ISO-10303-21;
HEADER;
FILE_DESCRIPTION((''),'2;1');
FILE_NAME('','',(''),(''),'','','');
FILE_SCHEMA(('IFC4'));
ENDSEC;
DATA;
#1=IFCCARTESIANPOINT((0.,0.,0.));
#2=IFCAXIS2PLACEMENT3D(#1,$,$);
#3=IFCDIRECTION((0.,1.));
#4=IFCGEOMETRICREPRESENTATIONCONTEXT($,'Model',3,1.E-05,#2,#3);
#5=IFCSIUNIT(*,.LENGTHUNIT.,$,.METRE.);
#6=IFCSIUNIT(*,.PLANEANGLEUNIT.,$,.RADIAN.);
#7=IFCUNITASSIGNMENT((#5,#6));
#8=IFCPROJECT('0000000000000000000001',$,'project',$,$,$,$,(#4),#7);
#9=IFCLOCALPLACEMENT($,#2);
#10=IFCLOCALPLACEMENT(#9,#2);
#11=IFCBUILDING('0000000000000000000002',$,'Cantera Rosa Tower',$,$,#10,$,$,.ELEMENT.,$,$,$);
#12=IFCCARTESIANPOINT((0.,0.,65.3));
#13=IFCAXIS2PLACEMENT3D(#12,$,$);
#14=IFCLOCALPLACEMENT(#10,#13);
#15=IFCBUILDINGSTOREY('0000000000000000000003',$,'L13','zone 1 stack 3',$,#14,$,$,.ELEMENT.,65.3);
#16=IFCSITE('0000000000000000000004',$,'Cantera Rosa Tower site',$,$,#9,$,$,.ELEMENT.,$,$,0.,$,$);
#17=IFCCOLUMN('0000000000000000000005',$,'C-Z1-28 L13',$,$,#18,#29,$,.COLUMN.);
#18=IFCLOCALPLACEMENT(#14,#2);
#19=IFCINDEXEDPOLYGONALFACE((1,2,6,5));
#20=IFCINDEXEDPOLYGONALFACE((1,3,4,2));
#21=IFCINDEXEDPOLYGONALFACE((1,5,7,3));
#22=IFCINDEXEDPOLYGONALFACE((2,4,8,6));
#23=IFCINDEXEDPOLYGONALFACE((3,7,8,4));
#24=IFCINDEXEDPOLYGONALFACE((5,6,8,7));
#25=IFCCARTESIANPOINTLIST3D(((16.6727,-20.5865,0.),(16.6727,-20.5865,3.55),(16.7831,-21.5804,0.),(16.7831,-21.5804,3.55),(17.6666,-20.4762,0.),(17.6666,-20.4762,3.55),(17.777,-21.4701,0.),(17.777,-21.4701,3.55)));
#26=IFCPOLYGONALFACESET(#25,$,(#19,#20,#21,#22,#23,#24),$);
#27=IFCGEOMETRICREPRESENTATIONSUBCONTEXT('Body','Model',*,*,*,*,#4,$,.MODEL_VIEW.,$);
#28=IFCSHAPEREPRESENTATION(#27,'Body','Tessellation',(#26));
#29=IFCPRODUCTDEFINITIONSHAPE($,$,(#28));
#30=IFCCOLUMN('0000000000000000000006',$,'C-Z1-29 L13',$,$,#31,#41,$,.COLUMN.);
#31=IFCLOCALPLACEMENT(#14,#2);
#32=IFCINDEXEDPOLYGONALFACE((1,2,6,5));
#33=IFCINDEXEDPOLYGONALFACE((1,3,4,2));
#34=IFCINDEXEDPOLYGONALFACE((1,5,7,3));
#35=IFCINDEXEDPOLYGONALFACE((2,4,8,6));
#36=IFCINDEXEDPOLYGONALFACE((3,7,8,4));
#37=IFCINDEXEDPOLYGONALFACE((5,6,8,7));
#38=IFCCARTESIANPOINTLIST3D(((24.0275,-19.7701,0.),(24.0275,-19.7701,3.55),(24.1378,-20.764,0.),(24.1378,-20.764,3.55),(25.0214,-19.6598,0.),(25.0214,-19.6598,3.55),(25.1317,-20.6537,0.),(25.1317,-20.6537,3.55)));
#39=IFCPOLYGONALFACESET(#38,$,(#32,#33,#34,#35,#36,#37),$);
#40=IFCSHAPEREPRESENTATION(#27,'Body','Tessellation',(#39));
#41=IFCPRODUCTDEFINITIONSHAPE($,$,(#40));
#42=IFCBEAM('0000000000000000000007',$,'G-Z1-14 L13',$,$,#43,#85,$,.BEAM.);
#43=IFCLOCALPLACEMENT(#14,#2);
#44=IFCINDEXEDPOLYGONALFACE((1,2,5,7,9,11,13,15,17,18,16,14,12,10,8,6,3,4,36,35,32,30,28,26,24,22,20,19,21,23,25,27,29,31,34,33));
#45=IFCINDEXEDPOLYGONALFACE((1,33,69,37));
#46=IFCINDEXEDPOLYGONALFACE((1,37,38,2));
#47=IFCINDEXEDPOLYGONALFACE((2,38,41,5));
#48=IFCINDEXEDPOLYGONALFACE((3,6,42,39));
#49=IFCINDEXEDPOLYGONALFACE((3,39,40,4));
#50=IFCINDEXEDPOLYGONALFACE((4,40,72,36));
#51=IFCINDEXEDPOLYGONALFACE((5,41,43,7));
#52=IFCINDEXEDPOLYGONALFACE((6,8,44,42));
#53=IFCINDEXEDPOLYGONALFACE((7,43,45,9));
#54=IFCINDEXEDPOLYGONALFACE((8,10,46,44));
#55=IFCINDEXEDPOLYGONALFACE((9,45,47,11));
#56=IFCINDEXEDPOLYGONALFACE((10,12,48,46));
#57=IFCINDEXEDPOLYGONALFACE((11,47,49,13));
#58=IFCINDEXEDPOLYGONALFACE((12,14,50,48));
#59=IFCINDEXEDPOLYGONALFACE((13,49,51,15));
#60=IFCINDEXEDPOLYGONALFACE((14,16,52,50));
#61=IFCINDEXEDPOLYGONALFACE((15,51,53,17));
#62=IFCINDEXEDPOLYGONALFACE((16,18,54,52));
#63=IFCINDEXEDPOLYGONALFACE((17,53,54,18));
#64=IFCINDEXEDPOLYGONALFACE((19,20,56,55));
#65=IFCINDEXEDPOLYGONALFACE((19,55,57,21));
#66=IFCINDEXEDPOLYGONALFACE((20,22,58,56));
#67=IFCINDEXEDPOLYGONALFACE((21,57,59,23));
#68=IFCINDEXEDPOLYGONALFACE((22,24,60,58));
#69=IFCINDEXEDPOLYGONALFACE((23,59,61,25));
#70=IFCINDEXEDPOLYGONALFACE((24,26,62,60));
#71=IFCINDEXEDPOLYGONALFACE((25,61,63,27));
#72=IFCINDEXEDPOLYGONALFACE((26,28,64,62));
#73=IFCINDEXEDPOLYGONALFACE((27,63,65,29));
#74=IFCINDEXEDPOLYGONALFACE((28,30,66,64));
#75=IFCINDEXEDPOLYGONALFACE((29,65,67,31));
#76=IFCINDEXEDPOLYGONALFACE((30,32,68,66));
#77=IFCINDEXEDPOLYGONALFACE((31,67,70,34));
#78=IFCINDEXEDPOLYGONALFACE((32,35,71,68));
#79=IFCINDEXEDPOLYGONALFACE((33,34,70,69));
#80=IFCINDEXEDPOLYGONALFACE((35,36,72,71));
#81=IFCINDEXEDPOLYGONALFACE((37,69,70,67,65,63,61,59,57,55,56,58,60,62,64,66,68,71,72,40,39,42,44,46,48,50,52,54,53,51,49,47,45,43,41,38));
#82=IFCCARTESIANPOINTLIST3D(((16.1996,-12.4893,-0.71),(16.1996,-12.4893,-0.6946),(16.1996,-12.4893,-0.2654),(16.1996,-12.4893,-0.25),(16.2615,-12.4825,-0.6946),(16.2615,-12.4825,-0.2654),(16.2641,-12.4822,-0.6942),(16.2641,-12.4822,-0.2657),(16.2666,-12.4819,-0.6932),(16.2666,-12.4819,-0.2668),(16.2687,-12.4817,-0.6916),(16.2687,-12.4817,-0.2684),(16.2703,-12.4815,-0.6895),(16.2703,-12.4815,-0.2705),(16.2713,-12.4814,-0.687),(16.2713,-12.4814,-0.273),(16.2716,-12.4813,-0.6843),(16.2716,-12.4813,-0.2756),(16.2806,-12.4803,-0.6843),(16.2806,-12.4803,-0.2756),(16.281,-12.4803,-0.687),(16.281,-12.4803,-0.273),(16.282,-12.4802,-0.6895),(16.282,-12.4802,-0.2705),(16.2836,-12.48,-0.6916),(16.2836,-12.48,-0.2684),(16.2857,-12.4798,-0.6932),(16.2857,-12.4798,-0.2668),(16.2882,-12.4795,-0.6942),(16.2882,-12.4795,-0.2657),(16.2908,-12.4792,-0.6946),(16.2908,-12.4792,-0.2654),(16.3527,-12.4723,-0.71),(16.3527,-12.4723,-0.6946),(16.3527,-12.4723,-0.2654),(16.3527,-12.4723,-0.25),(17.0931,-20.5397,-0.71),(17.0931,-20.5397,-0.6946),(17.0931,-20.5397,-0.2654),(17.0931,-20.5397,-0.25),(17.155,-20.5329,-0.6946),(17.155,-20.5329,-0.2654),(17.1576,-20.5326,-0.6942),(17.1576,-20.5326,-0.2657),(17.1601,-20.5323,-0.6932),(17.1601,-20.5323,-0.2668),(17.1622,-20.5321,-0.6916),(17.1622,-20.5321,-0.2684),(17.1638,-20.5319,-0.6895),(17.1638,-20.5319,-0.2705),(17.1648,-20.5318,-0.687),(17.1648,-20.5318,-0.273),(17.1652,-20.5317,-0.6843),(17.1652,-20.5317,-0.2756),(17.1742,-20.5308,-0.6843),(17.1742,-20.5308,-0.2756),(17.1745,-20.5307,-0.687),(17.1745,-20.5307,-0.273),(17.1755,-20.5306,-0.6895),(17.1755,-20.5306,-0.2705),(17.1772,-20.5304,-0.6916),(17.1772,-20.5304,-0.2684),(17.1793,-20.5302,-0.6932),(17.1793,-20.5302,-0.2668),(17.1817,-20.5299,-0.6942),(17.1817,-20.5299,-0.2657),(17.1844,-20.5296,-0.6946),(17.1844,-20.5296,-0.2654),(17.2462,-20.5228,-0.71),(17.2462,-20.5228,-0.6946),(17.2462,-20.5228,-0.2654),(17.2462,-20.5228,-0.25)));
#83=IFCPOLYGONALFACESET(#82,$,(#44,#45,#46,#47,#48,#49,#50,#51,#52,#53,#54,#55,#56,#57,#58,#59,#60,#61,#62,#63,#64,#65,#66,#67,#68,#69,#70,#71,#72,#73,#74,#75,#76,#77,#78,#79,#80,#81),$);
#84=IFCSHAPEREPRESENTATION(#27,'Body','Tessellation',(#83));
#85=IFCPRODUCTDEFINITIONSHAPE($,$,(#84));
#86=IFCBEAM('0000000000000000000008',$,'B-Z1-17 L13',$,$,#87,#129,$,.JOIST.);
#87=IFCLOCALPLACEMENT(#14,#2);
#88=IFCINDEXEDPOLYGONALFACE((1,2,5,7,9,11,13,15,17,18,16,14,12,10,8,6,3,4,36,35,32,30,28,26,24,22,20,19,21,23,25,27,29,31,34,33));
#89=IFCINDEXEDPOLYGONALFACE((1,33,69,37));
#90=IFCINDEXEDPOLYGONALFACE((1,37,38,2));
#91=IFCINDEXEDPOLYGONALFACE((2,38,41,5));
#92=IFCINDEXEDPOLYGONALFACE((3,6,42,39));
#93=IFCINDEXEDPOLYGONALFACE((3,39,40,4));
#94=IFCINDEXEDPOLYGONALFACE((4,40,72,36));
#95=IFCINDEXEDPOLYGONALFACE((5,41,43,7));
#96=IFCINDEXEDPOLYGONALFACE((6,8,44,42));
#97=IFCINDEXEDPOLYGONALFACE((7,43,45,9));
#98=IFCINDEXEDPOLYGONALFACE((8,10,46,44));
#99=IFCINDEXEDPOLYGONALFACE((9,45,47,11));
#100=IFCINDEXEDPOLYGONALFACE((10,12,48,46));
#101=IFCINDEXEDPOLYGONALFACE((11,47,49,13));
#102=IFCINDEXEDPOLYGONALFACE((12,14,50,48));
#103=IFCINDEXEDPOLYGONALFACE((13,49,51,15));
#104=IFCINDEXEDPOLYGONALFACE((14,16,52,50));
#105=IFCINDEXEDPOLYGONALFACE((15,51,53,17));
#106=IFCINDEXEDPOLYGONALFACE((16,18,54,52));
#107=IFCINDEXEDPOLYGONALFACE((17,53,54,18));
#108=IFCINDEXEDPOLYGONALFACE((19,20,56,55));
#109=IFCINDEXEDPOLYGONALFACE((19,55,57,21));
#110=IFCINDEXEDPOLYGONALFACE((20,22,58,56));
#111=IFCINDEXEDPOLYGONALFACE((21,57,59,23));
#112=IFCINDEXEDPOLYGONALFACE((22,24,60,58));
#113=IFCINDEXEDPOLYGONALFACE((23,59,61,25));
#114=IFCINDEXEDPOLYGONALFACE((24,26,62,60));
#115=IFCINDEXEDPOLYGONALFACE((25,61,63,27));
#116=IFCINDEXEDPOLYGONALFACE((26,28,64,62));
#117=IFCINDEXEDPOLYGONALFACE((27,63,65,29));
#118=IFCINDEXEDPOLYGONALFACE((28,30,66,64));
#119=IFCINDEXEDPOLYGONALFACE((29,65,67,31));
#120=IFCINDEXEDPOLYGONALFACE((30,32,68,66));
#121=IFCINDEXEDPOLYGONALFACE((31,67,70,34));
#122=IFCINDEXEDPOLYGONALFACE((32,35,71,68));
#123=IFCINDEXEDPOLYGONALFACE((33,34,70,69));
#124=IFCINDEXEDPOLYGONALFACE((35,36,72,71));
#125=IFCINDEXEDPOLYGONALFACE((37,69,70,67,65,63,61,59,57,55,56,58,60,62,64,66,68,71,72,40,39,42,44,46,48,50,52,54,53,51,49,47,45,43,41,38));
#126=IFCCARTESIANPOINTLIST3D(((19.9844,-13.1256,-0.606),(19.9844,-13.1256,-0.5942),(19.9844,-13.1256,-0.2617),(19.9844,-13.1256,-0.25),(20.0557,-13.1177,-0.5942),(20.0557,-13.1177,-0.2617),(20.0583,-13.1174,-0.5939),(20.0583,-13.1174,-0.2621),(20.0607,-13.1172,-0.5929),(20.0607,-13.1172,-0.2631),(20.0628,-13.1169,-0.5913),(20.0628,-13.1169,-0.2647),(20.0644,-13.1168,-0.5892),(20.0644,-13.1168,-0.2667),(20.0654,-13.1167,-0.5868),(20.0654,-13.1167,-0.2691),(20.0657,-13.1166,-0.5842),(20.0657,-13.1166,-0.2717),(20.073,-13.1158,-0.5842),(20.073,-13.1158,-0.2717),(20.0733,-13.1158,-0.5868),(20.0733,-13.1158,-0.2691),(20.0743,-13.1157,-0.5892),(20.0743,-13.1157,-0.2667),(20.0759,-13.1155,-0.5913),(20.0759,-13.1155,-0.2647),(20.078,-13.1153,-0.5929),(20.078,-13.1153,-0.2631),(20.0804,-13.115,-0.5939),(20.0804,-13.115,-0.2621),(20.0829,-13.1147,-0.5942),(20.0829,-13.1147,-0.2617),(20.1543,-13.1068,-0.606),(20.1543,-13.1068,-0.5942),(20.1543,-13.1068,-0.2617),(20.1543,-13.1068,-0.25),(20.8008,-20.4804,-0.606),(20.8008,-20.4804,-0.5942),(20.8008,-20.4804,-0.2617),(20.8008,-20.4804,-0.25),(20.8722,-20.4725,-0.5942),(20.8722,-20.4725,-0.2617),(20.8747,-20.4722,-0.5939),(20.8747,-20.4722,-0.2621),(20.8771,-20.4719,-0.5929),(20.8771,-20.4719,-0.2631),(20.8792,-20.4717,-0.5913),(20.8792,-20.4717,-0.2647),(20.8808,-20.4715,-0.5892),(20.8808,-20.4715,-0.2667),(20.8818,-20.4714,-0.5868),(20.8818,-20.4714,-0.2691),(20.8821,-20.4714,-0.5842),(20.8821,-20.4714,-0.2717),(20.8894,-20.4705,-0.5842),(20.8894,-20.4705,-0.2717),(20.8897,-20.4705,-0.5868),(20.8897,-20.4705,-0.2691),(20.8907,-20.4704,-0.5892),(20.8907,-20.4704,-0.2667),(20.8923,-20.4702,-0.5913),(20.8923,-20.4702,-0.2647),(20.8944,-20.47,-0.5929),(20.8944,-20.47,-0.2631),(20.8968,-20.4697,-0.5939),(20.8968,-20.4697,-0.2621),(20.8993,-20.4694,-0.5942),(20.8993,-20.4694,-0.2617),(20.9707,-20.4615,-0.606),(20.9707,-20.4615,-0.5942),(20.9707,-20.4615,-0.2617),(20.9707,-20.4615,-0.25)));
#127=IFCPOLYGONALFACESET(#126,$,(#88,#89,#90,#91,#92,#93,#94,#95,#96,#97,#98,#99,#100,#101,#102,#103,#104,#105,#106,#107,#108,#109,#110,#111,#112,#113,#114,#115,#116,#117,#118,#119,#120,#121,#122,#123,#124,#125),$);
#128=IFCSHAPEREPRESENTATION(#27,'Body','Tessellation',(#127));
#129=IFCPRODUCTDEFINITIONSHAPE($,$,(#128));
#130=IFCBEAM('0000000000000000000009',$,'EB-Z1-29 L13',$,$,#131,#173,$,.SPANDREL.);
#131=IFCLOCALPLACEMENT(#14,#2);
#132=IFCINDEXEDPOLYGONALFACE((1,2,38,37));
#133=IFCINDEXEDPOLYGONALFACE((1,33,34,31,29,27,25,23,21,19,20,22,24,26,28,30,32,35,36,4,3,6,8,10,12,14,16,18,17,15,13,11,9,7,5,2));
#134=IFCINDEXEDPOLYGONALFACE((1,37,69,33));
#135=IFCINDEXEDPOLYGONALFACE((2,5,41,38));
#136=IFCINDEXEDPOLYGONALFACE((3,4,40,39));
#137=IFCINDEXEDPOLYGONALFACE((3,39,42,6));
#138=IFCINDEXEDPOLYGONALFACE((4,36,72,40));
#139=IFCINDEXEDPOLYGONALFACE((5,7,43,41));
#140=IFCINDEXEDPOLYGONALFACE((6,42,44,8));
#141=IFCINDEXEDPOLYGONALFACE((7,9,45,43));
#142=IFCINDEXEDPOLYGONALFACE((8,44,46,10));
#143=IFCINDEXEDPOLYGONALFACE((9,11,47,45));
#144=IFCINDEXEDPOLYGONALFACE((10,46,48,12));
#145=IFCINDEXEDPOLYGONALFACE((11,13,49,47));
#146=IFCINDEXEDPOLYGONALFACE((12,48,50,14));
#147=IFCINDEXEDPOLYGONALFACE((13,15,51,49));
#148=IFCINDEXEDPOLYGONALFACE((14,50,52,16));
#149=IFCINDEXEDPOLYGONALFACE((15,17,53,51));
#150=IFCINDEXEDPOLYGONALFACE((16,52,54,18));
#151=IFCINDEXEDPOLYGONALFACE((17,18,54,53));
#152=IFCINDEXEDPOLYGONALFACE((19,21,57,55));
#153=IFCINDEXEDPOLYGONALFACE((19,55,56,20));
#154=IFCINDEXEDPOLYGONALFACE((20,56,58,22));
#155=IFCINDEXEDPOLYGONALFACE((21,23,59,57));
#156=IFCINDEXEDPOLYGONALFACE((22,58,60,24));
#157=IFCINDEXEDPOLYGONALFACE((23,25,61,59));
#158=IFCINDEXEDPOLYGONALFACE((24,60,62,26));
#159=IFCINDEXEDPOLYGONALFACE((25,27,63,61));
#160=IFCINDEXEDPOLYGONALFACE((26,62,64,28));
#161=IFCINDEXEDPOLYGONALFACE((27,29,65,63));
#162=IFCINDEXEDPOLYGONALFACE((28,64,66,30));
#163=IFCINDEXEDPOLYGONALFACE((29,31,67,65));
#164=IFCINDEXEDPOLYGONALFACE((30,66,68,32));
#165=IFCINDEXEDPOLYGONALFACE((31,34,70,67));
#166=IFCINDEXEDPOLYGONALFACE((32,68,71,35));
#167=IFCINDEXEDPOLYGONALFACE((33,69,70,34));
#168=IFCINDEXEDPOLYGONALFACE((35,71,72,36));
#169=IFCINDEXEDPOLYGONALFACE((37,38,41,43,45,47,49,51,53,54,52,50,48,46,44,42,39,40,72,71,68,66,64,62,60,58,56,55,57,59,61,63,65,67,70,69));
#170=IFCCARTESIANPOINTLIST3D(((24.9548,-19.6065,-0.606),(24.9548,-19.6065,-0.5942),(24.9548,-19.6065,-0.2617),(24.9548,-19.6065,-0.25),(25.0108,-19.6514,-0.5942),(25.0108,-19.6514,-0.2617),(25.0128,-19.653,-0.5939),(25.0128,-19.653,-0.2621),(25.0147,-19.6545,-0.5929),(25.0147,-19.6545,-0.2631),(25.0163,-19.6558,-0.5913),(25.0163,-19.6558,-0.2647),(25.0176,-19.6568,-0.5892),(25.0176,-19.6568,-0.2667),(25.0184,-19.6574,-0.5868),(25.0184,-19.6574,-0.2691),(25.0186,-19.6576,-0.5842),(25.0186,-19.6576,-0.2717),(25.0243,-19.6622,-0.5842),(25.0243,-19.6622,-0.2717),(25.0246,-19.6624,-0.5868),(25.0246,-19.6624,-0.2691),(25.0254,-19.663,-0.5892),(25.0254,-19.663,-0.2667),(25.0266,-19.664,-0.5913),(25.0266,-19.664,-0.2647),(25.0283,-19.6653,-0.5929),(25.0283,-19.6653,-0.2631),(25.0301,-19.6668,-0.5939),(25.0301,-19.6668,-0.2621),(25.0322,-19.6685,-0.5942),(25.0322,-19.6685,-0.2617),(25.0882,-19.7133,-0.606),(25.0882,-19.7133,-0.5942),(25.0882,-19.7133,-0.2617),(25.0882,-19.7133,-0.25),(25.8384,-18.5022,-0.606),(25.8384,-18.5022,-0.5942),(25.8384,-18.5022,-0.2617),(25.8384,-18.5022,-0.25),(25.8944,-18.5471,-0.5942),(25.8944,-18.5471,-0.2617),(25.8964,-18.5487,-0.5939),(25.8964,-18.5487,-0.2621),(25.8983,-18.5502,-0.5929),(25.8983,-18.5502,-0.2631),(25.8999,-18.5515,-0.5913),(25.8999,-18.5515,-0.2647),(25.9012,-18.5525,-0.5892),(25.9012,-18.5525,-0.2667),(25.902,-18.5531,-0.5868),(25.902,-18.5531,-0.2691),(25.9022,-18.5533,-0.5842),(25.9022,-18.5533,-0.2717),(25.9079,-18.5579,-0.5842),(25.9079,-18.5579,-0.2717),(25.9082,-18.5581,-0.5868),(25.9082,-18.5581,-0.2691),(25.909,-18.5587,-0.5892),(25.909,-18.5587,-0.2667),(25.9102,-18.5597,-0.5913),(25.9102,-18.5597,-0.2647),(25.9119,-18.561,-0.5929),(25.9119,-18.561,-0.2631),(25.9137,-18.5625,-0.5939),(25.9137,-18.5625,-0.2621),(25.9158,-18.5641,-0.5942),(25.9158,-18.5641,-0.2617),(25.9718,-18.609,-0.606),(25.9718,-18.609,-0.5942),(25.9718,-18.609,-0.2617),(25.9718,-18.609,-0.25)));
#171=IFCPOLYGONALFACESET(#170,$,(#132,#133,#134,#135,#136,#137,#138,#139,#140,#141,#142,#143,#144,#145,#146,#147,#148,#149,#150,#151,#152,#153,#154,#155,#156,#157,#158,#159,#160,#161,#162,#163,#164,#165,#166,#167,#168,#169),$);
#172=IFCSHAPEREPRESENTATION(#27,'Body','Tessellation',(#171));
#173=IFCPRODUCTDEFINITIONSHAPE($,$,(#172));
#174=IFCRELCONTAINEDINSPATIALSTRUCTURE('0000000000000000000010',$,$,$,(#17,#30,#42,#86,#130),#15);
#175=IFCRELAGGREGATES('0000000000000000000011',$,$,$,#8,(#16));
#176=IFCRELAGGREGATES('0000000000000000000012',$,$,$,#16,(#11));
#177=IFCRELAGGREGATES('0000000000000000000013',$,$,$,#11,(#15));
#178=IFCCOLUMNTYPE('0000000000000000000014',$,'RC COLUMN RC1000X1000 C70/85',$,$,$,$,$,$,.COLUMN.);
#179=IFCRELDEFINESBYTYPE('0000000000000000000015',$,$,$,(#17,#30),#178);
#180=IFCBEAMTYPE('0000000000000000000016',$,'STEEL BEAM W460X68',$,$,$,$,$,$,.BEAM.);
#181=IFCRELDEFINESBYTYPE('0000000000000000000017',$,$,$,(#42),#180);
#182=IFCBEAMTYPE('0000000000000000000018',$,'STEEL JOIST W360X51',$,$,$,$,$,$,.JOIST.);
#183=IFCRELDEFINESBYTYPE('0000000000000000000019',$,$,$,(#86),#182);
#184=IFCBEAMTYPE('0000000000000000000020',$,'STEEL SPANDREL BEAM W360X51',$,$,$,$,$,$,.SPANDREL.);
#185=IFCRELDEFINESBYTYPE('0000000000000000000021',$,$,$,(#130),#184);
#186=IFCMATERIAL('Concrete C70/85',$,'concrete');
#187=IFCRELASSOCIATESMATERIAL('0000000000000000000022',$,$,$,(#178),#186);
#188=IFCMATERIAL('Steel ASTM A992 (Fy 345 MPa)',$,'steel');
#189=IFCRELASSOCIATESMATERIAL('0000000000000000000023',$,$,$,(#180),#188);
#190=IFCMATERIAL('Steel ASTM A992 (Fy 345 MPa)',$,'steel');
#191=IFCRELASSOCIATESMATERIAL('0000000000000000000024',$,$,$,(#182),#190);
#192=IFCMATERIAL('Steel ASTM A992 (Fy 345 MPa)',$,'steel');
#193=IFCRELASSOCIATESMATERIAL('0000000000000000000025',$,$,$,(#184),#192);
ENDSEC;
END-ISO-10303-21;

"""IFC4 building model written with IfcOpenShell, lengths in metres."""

from ifc_helpers import new_model, si_unit, direction, frame, origin, origin_2d, place, context, subcontext, project, spatial, rectangle, i_section, extrude, material, material_profile, profile_set, type_object, element, save


model = new_model("IFC4")

# Units and contexts
model_context = context("Model", 3, precision=1e-05, world=origin(), true_north=direction((0.0, 1.0)))
body_context = subcontext(model_context, "Body", "Model", "MODEL_VIEW")
ifc_project = project(units=[si_unit("LENGTHUNIT", "METRE"), si_unit("PLANEANGLEUNIT", "RADIAN")], contexts=[model_context])

# Site, building, storey
site_placement = place(None, origin())
site = spatial("IfcSite", under=ifc_project, at=site_placement, Name="Cantera Rosa Tower site", CompositionType="ELEMENT", RefElevation=0.0)
building_placement = place(site_placement, origin())
building = spatial("IfcBuilding", under=site, at=building_placement, Name="Cantera Rosa Tower", CompositionType="ELEMENT")
storey_placement = place(building_placement, frame((0.0, 0.0, 65.3)))
storey = spatial("IfcBuildingStorey", under=building, at=storey_placement, Name="L13", Description="zone 1 stack 3", CompositionType="ELEMENT", Elevation=65.3)

# Columns
ifc_material_1 = material(Name="Concrete C70/85", Category="concrete")
ifc_material_profile_1 = material_profile(ifc_material_1, rectangle(XDim=1.0, YDim=1.0, at=origin_2d()), Name="RC COLUMN RC1000X1000 C70/85")
ifc_profile_set_1 = profile_set([ifc_material_profile_1], Name="Concrete C70/85")
column_type = type_object("IfcColumnType", Name="RC COLUMN RC1000X1000 C70/85", PredefinedType="COLUMN", material=ifc_profile_set_1)
for number, where, z_axis, x_axis, name in (
    (1, (17.2249, -21.0283, 0.0), (0.0, 0.0, 1.0), (0.993897, 0.110313, 0.0), "C-Z1-28 L13"),
    (2, (24.5796, -20.2119, 0.0), (0.0, 0.0, 1.0), (0.993897, 0.110313, 0.0), "C-Z1-29 L13"),
):
    element("IfcColumn", number, at=place(storey_placement, frame(where, z_axis=z_axis, x_axis=x_axis)), inside=storey, type_object=column_type, Name=name, PredefinedType="COLUMN", context=body_context, shape_type="SweptSolid", body=[
        extrude(rectangle(XDim=1.0, YDim=1.0, at=origin_2d()), origin(), (0.0, 0.0, 1.0), 3.55),
    ])

# Beams
ifc_material_2 = material(Name="Steel ASTM A992 (Fy 345 MPa)", Category="steel")
ifc_material_profile_2 = material_profile(ifc_material_2, i_section(OverallWidth=0.1541, OverallDepth=0.46, WebThickness=0.009, FlangeThickness=0.0154, FilletRadius=0.0103, at=origin_2d()), Name="W460X68")
ifc_profile_set_2 = profile_set([ifc_material_profile_2], Name="Steel ASTM A992 (Fy 345 MPa)")
beam_type_1 = type_object("IfcBeamType", Name="STEEL BEAM W460X68", PredefinedType="BEAM", material=ifc_profile_set_2)
beam_1_placement = place(storey_placement, frame((17.1697, -20.5312, -0.48), z_axis=(-0.110316, 0.993897, 0.0), x_axis=(-0.993897, -0.110316, 0.0)))
element("IfcBeam", 3, at=beam_1_placement, inside=storey, type_object=beam_type_1, Name="G-Z1-14 L13", PredefinedType="BEAM", context=body_context, shape_type="SweptSolid", body=[
    extrude(i_section(OverallWidth=0.1541, OverallDepth=0.46, WebThickness=0.009, FlangeThickness=0.0154, FilletRadius=0.0103, at=origin_2d()), origin(), (0.0, 0.0, 1.0), 8.0999),
])
ifc_material_3 = material(Name="Steel ASTM A992 (Fy 345 MPa)", Category="steel")
ifc_material_profile_3 = material_profile(ifc_material_3, i_section(OverallWidth=0.1709, OverallDepth=0.356, WebThickness=0.0073, FlangeThickness=0.0117, FilletRadius=0.01, at=origin_2d()), Name="W360X51")
ifc_profile_set_3 = profile_set([ifc_material_profile_3], Name="Steel ASTM A992 (Fy 345 MPa)")
beam_type_2 = type_object("IfcBeamType", Name="STEEL JOIST W360X51", PredefinedType="JOIST", material=ifc_profile_set_3)
beam_2_placement = place(storey_placement, frame((20.8857, -20.4709, -0.428), z_axis=(-0.110327, 0.993895, 0.0), x_axis=(-0.993895, -0.110327, 0.0)))
element("IfcBeam", 4, at=beam_2_placement, inside=storey, type_object=beam_type_2, Name="B-Z1-17 L13", PredefinedType="JOIST", context=body_context, shape_type="SweptSolid", body=[
    extrude(i_section(OverallWidth=0.1709, OverallDepth=0.356, WebThickness=0.0073, FlangeThickness=0.0117, FilletRadius=0.01, at=origin_2d()), origin(), (0.0, 0.0, 1.0), 7.3999),
])
ifc_material_4 = material(Name="Steel ASTM A992 (Fy 345 MPa)", Category="steel")
ifc_material_profile_4 = material_profile(ifc_material_4, i_section(OverallWidth=0.1709, OverallDepth=0.356, WebThickness=0.0073, FlangeThickness=0.0117, FilletRadius=0.01, at=origin_2d()), Name="W360X51")
ifc_profile_set_4 = profile_set([ifc_material_profile_4], Name="Steel ASTM A992 (Fy 345 MPa)")
beam_type_3 = type_object("IfcBeamType", Name="STEEL SPANDREL BEAM W360X51", PredefinedType="SPANDREL", material=ifc_profile_set_4)
beam_3_placement = place(storey_placement, frame((25.0215, -19.6599, -0.428), z_axis=(0.624758, 0.780818, 0.0), x_axis=(-0.780818, 0.624758, 0.0)))
element("IfcBeam", 5, at=beam_3_placement, inside=storey, type_object=beam_type_3, Name="EB-Z1-29 L13", PredefinedType="SPANDREL", context=body_context, shape_type="SweptSolid", body=[
    extrude(i_section(OverallWidth=0.1709, OverallDepth=0.356, WebThickness=0.0073, FlangeThickness=0.0117, FilletRadius=0.01, at=origin_2d()), origin(), (0.0, 0.0, 1.0), 1.4143),
])

save(model, "model.ifc")
